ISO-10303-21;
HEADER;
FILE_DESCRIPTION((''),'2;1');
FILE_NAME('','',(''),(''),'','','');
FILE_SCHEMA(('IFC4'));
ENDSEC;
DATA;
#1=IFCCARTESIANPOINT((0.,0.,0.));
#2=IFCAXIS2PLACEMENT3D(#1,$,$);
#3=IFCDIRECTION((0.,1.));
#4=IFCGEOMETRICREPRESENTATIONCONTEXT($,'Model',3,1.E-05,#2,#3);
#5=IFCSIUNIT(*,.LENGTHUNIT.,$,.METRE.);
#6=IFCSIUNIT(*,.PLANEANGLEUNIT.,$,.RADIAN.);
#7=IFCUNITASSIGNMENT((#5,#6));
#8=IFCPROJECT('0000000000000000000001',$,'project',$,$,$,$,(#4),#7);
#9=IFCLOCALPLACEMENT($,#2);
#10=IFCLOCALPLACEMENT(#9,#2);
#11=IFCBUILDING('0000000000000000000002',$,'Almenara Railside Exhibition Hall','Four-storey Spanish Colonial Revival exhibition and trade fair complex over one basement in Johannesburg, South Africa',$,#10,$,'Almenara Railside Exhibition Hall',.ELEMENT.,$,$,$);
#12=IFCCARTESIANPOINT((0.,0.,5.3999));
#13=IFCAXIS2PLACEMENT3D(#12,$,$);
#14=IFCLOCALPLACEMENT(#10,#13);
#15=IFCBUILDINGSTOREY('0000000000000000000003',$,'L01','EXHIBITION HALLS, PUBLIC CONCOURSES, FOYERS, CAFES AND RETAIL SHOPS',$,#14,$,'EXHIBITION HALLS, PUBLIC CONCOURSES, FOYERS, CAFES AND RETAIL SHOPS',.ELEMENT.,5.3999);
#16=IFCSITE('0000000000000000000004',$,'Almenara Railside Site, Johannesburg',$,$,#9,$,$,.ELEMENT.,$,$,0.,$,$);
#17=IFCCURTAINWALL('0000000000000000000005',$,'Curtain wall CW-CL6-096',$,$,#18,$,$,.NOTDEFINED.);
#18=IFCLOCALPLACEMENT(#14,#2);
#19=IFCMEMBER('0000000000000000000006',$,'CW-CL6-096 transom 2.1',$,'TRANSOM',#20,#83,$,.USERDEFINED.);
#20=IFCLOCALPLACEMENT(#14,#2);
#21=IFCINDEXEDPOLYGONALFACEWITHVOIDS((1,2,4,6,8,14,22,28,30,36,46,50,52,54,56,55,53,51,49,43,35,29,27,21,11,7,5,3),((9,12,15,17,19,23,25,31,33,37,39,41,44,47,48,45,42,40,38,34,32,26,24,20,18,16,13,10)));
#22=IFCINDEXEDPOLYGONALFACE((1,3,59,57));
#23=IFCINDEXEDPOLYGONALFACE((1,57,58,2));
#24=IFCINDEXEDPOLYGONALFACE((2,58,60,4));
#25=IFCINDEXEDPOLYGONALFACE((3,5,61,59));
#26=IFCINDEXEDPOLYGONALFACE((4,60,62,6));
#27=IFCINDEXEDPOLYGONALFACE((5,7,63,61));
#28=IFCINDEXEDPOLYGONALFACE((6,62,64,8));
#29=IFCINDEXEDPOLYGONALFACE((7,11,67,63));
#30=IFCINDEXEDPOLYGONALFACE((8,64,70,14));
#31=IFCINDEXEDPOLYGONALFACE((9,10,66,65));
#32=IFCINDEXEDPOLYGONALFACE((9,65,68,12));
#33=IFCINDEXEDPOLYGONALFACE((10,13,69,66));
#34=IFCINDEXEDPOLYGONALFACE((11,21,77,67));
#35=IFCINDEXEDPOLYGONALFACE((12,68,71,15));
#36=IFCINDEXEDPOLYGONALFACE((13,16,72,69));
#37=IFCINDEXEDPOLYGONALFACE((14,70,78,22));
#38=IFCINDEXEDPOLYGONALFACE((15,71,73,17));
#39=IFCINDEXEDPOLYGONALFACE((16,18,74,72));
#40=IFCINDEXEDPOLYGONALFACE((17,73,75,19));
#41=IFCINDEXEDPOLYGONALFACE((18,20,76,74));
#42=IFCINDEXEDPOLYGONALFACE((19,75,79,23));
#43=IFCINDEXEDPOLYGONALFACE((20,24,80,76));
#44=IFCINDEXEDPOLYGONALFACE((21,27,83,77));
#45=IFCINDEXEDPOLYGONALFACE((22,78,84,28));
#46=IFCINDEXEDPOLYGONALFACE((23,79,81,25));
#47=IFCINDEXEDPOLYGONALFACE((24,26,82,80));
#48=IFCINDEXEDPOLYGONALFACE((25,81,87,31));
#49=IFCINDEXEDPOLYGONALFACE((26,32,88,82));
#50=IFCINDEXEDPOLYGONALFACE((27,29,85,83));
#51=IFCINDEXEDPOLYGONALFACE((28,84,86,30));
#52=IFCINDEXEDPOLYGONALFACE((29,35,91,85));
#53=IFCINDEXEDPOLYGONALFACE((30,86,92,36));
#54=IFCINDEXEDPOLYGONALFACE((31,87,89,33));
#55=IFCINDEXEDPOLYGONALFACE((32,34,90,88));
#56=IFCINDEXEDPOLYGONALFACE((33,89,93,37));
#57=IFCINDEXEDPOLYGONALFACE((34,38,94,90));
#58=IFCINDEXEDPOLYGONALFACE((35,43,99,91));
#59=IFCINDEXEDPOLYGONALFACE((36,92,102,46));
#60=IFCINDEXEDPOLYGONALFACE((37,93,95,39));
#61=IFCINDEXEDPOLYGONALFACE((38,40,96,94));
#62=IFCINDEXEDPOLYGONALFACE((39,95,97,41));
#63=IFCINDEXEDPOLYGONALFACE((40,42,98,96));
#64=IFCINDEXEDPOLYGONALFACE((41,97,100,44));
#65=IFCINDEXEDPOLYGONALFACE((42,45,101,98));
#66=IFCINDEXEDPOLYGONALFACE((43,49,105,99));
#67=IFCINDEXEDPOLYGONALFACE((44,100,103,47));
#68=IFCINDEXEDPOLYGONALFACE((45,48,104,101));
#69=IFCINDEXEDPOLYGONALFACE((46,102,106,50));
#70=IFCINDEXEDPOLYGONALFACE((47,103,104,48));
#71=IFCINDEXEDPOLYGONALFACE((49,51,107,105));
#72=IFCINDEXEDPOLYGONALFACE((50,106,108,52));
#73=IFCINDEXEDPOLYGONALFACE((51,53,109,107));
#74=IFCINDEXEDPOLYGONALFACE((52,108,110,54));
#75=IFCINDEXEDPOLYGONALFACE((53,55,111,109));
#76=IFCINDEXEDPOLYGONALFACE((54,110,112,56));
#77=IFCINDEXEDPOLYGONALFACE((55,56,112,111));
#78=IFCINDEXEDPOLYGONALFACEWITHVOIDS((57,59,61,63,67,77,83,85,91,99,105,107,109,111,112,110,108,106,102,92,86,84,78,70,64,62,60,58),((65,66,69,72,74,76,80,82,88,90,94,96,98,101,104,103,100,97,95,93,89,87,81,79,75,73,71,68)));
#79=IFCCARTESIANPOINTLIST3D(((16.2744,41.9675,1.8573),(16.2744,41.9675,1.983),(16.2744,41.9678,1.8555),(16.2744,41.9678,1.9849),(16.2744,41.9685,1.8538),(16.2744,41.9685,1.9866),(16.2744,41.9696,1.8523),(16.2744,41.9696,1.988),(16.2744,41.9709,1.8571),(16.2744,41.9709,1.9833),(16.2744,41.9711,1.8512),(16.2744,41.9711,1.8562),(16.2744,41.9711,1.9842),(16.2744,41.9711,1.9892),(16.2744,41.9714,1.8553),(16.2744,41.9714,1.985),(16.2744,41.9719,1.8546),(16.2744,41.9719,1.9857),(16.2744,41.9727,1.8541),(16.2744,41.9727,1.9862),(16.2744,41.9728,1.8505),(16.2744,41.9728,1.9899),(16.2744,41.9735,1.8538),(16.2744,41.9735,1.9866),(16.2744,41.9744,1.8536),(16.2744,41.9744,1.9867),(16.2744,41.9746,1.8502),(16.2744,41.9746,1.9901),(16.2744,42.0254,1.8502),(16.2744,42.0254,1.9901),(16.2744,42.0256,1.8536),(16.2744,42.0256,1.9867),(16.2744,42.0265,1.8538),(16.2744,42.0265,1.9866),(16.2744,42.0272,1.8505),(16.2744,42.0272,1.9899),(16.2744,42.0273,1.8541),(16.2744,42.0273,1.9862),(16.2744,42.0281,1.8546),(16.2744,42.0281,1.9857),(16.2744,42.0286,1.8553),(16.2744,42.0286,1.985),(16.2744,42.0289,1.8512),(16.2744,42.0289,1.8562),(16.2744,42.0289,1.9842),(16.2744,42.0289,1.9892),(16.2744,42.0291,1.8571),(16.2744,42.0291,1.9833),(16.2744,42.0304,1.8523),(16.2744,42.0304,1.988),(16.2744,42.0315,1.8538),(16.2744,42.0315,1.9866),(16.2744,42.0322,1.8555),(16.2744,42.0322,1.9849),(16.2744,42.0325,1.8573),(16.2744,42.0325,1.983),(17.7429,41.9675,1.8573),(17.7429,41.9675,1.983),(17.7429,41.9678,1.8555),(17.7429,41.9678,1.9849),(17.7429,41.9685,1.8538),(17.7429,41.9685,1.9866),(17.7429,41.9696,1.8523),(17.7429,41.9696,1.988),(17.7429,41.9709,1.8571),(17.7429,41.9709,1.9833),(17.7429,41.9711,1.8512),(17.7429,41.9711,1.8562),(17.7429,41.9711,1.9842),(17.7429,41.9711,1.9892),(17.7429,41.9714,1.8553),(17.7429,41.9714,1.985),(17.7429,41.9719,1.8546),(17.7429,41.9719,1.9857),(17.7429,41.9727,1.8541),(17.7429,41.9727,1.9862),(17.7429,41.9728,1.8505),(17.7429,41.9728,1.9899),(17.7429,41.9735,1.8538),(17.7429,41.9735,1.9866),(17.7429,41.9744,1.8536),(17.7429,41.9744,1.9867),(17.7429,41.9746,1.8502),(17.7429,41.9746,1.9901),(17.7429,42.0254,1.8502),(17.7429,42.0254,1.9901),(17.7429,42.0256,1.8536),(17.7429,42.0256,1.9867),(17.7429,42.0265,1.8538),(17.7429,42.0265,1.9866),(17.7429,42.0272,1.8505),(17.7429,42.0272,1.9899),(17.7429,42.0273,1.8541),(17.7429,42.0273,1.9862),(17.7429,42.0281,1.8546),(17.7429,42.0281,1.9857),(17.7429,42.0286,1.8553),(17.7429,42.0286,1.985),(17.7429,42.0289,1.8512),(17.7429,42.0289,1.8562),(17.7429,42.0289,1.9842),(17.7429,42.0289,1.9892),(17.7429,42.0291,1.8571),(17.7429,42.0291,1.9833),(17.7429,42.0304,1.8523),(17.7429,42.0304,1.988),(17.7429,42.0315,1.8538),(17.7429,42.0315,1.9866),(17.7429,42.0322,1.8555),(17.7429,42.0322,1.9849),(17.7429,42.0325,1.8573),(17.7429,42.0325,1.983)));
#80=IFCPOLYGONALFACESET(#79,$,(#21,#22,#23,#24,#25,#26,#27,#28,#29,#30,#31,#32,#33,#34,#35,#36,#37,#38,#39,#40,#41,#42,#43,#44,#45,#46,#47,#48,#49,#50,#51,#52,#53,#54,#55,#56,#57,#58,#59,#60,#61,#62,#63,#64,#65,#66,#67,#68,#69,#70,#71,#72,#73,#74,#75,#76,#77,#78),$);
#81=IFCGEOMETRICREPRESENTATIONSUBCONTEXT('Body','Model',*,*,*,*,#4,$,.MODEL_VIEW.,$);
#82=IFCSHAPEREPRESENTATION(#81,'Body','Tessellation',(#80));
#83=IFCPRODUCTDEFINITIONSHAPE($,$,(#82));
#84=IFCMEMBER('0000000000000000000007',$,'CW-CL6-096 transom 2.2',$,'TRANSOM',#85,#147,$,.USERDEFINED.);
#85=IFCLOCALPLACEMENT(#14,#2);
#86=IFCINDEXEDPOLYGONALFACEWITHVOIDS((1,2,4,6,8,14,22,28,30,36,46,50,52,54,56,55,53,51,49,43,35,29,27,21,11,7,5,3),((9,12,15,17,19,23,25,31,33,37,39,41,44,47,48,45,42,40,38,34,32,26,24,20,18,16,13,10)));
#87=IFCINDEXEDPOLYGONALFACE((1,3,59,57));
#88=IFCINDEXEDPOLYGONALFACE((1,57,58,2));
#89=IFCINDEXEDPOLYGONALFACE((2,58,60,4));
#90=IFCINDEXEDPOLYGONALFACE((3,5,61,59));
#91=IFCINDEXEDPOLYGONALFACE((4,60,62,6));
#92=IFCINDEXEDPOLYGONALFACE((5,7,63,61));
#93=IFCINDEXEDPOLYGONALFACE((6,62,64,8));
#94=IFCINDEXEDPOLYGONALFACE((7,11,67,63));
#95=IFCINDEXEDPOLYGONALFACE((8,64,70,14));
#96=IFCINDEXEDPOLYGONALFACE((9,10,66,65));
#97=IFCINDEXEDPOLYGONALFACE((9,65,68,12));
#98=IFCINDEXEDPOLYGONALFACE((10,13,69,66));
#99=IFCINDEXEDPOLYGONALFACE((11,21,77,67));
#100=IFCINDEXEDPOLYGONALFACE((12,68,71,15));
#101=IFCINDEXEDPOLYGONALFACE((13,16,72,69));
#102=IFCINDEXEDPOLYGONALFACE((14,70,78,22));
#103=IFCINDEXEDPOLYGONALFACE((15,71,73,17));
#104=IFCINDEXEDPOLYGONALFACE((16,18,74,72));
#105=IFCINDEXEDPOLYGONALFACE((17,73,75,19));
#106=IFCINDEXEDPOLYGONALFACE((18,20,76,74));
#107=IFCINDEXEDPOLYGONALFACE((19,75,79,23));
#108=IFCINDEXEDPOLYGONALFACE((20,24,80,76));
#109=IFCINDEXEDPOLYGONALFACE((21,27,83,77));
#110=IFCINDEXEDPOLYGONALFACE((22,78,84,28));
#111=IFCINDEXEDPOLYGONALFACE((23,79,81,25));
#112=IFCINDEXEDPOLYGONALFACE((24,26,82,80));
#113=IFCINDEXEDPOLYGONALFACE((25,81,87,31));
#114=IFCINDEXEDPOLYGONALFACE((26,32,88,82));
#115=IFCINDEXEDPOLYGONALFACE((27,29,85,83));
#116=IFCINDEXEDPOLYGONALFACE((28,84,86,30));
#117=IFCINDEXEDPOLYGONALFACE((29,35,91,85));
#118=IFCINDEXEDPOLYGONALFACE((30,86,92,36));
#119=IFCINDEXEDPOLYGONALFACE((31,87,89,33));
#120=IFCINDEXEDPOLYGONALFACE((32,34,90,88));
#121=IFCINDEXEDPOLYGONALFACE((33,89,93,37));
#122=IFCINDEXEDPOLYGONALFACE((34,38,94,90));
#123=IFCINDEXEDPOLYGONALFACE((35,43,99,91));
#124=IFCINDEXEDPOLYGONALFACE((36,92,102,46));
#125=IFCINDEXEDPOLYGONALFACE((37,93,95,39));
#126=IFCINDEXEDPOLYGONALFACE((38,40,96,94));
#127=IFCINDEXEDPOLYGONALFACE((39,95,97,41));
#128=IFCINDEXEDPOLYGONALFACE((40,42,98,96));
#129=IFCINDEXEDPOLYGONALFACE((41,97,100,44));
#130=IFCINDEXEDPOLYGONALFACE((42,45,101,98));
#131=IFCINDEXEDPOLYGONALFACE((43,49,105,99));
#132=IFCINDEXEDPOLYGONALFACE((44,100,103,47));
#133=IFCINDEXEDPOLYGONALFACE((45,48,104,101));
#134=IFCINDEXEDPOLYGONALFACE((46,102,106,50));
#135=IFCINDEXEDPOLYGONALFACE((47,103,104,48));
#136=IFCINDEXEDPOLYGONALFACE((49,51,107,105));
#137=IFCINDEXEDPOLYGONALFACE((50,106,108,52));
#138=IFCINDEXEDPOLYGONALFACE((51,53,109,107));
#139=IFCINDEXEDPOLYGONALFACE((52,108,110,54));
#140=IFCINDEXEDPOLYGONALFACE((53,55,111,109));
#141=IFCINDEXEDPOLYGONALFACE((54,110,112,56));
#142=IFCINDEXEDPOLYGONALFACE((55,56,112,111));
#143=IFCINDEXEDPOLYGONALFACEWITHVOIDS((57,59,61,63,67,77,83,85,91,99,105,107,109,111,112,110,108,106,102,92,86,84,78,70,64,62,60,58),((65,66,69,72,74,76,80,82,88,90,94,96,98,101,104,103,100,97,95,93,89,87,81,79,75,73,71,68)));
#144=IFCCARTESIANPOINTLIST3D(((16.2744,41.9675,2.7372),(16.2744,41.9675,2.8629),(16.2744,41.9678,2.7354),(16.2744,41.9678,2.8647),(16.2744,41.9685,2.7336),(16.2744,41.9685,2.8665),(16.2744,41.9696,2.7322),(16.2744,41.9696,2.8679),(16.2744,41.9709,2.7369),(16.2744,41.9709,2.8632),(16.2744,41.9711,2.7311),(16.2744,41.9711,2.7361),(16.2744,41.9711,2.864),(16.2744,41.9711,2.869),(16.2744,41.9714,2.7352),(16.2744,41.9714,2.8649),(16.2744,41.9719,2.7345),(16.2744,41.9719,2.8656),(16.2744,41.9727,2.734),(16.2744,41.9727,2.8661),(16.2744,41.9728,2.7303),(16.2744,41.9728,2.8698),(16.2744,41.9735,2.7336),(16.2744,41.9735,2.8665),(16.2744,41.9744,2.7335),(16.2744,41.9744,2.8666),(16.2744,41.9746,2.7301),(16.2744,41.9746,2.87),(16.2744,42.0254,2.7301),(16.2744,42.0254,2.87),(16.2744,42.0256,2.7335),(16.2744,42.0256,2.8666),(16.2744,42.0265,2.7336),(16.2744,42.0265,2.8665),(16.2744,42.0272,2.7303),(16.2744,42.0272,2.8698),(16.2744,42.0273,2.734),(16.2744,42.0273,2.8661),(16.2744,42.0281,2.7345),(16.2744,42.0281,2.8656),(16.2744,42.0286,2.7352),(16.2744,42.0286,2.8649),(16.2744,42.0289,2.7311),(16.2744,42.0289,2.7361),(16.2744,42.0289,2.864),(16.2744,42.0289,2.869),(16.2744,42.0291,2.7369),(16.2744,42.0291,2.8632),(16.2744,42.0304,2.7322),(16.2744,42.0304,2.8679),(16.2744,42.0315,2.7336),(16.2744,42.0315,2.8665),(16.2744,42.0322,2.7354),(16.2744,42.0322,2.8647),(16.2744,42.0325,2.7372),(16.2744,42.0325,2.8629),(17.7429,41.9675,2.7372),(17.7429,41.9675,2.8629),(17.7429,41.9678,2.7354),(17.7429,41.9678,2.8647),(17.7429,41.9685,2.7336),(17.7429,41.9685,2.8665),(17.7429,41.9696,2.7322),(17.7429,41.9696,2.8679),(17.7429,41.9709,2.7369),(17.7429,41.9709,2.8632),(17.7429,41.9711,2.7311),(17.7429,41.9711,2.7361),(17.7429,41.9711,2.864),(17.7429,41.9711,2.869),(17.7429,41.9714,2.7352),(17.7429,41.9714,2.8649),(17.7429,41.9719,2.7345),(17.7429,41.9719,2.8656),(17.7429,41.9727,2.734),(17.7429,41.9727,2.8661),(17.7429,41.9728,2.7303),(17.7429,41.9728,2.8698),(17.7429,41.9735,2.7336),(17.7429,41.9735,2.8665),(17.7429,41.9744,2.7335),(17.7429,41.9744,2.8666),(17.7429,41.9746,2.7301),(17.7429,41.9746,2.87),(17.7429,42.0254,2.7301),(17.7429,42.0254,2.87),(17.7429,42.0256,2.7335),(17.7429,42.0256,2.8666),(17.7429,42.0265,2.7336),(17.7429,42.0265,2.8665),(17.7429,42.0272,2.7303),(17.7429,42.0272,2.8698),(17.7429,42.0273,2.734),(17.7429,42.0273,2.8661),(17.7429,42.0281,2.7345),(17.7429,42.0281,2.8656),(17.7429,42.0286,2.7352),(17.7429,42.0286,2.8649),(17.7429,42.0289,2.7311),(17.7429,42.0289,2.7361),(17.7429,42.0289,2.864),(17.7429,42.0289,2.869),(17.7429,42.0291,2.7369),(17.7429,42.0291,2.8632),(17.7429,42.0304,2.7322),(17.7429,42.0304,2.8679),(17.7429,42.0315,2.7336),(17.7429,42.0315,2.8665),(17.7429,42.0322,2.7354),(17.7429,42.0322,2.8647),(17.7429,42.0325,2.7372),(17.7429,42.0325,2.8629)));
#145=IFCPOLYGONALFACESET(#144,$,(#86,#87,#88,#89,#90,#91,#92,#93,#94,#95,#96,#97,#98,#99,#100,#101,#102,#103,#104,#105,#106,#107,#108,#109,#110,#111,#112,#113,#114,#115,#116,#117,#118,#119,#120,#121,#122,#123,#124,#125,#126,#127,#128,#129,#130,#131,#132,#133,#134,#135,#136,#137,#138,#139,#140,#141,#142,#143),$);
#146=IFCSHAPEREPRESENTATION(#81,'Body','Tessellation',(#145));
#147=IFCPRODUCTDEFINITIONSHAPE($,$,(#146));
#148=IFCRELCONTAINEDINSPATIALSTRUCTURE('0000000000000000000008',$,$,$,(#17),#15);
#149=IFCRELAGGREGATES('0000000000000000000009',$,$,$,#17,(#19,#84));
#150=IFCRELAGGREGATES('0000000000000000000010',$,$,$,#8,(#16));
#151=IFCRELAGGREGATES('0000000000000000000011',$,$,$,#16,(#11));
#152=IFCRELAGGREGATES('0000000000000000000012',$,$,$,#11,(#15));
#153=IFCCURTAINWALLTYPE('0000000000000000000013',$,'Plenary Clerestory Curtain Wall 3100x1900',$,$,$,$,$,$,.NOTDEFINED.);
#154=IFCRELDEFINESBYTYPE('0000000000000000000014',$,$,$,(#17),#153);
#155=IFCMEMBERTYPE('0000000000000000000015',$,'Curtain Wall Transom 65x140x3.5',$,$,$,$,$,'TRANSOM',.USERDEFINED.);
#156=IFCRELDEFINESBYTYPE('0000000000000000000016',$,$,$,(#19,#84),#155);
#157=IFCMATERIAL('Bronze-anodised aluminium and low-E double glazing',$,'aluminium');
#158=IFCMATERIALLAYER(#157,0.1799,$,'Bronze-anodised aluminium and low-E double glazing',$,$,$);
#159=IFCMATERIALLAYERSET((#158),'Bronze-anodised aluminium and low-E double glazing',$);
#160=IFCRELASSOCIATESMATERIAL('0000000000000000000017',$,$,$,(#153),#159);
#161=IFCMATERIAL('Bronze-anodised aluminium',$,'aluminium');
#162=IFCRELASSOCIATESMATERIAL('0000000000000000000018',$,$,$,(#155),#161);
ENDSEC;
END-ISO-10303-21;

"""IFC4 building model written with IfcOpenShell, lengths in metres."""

from ifc_helpers import new_model, si_unit, direction, frame, origin, origin_2d, place, context, subcontext, project, spatial, hollow_rectangle, extrude, material, layer, layer_set, material_profile, profile_set, type_object, element, aggregate, save


model = new_model("IFC4")

# Units and contexts
model_context = context("Model", 3, precision=1e-05, world=origin(), true_north=direction((0.0, 1.0)))
body_context = subcontext(model_context, "Body", "Model", "MODEL_VIEW")
ifc_project = project(units=[si_unit("LENGTHUNIT", "METRE"), si_unit("PLANEANGLEUNIT", "RADIAN")], contexts=[model_context])

# Site, building, storey
site_placement = place(None, origin())
site = spatial("IfcSite", under=ifc_project, at=site_placement, Name="Almenara Railside Site, Johannesburg", CompositionType="ELEMENT", RefElevation=0.0)
building_placement = place(site_placement, origin())
building = spatial("IfcBuilding", under=site, at=building_placement, Name="Almenara Railside Exhibition Hall", Description="Four-storey Spanish Colonial Revival exhibition and trade fair complex over one basement in Johannesburg, South Africa", LongName="Almenara Railside Exhibition Hall", CompositionType="ELEMENT")
storey_placement = place(building_placement, frame((0.0, 0.0, 5.3999)))
storey = spatial("IfcBuildingStorey", under=building, at=storey_placement, Name="L01", Description="EXHIBITION HALLS, PUBLIC CONCOURSES, FOYERS, CAFES AND RETAIL SHOPS", LongName="EXHIBITION HALLS, PUBLIC CONCOURSES, FOYERS, CAFES AND RETAIL SHOPS", CompositionType="ELEMENT", Elevation=5.3999)

# Shared definitions
ifc_material_1 = material(Name="Bronze-anodised aluminium and low-E double glazing", Category="aluminium")
ifc_material_2 = material(Name="Bronze-anodised aluminium", Category="aluminium")

# Curtain wall, members
ifc_layer_1 = layer(ifc_material_1, 0.1799, Name="Bronze-anodised aluminium and low-E double glazing")
ifc_layer_set_1 = layer_set([ifc_layer_1], Name="Bronze-anodised aluminium and low-E double glazing")
curtain_wall_type_1 = type_object("IfcCurtainWallType", Name="Plenary Clerestory Curtain Wall 3100x1900", PredefinedType="NOTDEFINED", material=ifc_layer_set_1)
curtain_wall_1_placement = place(storey_placement, origin())
curtain_wall_1 = element("IfcCurtainWall", 1, at=curtain_wall_1_placement, inside=storey, type_object=curtain_wall_type_1, Name="Curtain wall CW-CL6-096", PredefinedType="NOTDEFINED")
ifc_material_profile_1 = material_profile(ifc_material_2, hollow_rectangle(XDim=0.0649, YDim=0.1399, WallThickness=0.0034, InnerFilletRadius=0.0034, OuterFilletRadius=0.0071, at=origin_2d()), Name="ALU-TRN 65x140x3.5")
ifc_profile_set_1 = profile_set([ifc_material_profile_1], Name="Bronze-anodised aluminium")
member_type_1 = type_object("IfcMemberType", Name="Curtain Wall Transom 65x140x3.5", ElementType="TRANSOM", PredefinedType="USERDEFINED", material=ifc_profile_set_1)
member_1_placement = place(storey_placement, frame((16.2744, 42.0, 1.9202), z_axis=(1.0, 0.0, 0.0), x_axis=(0.0, 1.0, 0.0)))
member_1 = element("IfcMember", 2, at=member_1_placement, type_object=member_type_1, Name="CW-CL6-096 transom 2.1", ObjectType="TRANSOM", PredefinedType="USERDEFINED", context=body_context, shape_type="SweptSolid", body=[
    extrude(hollow_rectangle(XDim=0.0649, YDim=0.1399, WallThickness=0.0034, InnerFilletRadius=0.0034, OuterFilletRadius=0.0071, at=origin_2d()), origin(), (0.0, 0.0, 1.0), 1.4685),
])
member_2_placement = place(storey_placement, frame((16.2744, 42.0, 2.8), z_axis=(1.0, 0.0, 0.0), x_axis=(0.0, 1.0, 0.0)))
member_2 = element("IfcMember", 3, at=member_2_placement, type_object=member_type_1, Name="CW-CL6-096 transom 2.2", ObjectType="TRANSOM", PredefinedType="USERDEFINED", context=body_context, shape_type="SweptSolid", body=[
    extrude(hollow_rectangle(XDim=0.0649, YDim=0.1399, WallThickness=0.0034, InnerFilletRadius=0.0034, OuterFilletRadius=0.0071, at=origin_2d()), origin(), (0.0, 0.0, 1.0), 1.4685),
])

aggregate(curtain_wall_1, [member_1, member_2])

save(model, "model.ifc")
